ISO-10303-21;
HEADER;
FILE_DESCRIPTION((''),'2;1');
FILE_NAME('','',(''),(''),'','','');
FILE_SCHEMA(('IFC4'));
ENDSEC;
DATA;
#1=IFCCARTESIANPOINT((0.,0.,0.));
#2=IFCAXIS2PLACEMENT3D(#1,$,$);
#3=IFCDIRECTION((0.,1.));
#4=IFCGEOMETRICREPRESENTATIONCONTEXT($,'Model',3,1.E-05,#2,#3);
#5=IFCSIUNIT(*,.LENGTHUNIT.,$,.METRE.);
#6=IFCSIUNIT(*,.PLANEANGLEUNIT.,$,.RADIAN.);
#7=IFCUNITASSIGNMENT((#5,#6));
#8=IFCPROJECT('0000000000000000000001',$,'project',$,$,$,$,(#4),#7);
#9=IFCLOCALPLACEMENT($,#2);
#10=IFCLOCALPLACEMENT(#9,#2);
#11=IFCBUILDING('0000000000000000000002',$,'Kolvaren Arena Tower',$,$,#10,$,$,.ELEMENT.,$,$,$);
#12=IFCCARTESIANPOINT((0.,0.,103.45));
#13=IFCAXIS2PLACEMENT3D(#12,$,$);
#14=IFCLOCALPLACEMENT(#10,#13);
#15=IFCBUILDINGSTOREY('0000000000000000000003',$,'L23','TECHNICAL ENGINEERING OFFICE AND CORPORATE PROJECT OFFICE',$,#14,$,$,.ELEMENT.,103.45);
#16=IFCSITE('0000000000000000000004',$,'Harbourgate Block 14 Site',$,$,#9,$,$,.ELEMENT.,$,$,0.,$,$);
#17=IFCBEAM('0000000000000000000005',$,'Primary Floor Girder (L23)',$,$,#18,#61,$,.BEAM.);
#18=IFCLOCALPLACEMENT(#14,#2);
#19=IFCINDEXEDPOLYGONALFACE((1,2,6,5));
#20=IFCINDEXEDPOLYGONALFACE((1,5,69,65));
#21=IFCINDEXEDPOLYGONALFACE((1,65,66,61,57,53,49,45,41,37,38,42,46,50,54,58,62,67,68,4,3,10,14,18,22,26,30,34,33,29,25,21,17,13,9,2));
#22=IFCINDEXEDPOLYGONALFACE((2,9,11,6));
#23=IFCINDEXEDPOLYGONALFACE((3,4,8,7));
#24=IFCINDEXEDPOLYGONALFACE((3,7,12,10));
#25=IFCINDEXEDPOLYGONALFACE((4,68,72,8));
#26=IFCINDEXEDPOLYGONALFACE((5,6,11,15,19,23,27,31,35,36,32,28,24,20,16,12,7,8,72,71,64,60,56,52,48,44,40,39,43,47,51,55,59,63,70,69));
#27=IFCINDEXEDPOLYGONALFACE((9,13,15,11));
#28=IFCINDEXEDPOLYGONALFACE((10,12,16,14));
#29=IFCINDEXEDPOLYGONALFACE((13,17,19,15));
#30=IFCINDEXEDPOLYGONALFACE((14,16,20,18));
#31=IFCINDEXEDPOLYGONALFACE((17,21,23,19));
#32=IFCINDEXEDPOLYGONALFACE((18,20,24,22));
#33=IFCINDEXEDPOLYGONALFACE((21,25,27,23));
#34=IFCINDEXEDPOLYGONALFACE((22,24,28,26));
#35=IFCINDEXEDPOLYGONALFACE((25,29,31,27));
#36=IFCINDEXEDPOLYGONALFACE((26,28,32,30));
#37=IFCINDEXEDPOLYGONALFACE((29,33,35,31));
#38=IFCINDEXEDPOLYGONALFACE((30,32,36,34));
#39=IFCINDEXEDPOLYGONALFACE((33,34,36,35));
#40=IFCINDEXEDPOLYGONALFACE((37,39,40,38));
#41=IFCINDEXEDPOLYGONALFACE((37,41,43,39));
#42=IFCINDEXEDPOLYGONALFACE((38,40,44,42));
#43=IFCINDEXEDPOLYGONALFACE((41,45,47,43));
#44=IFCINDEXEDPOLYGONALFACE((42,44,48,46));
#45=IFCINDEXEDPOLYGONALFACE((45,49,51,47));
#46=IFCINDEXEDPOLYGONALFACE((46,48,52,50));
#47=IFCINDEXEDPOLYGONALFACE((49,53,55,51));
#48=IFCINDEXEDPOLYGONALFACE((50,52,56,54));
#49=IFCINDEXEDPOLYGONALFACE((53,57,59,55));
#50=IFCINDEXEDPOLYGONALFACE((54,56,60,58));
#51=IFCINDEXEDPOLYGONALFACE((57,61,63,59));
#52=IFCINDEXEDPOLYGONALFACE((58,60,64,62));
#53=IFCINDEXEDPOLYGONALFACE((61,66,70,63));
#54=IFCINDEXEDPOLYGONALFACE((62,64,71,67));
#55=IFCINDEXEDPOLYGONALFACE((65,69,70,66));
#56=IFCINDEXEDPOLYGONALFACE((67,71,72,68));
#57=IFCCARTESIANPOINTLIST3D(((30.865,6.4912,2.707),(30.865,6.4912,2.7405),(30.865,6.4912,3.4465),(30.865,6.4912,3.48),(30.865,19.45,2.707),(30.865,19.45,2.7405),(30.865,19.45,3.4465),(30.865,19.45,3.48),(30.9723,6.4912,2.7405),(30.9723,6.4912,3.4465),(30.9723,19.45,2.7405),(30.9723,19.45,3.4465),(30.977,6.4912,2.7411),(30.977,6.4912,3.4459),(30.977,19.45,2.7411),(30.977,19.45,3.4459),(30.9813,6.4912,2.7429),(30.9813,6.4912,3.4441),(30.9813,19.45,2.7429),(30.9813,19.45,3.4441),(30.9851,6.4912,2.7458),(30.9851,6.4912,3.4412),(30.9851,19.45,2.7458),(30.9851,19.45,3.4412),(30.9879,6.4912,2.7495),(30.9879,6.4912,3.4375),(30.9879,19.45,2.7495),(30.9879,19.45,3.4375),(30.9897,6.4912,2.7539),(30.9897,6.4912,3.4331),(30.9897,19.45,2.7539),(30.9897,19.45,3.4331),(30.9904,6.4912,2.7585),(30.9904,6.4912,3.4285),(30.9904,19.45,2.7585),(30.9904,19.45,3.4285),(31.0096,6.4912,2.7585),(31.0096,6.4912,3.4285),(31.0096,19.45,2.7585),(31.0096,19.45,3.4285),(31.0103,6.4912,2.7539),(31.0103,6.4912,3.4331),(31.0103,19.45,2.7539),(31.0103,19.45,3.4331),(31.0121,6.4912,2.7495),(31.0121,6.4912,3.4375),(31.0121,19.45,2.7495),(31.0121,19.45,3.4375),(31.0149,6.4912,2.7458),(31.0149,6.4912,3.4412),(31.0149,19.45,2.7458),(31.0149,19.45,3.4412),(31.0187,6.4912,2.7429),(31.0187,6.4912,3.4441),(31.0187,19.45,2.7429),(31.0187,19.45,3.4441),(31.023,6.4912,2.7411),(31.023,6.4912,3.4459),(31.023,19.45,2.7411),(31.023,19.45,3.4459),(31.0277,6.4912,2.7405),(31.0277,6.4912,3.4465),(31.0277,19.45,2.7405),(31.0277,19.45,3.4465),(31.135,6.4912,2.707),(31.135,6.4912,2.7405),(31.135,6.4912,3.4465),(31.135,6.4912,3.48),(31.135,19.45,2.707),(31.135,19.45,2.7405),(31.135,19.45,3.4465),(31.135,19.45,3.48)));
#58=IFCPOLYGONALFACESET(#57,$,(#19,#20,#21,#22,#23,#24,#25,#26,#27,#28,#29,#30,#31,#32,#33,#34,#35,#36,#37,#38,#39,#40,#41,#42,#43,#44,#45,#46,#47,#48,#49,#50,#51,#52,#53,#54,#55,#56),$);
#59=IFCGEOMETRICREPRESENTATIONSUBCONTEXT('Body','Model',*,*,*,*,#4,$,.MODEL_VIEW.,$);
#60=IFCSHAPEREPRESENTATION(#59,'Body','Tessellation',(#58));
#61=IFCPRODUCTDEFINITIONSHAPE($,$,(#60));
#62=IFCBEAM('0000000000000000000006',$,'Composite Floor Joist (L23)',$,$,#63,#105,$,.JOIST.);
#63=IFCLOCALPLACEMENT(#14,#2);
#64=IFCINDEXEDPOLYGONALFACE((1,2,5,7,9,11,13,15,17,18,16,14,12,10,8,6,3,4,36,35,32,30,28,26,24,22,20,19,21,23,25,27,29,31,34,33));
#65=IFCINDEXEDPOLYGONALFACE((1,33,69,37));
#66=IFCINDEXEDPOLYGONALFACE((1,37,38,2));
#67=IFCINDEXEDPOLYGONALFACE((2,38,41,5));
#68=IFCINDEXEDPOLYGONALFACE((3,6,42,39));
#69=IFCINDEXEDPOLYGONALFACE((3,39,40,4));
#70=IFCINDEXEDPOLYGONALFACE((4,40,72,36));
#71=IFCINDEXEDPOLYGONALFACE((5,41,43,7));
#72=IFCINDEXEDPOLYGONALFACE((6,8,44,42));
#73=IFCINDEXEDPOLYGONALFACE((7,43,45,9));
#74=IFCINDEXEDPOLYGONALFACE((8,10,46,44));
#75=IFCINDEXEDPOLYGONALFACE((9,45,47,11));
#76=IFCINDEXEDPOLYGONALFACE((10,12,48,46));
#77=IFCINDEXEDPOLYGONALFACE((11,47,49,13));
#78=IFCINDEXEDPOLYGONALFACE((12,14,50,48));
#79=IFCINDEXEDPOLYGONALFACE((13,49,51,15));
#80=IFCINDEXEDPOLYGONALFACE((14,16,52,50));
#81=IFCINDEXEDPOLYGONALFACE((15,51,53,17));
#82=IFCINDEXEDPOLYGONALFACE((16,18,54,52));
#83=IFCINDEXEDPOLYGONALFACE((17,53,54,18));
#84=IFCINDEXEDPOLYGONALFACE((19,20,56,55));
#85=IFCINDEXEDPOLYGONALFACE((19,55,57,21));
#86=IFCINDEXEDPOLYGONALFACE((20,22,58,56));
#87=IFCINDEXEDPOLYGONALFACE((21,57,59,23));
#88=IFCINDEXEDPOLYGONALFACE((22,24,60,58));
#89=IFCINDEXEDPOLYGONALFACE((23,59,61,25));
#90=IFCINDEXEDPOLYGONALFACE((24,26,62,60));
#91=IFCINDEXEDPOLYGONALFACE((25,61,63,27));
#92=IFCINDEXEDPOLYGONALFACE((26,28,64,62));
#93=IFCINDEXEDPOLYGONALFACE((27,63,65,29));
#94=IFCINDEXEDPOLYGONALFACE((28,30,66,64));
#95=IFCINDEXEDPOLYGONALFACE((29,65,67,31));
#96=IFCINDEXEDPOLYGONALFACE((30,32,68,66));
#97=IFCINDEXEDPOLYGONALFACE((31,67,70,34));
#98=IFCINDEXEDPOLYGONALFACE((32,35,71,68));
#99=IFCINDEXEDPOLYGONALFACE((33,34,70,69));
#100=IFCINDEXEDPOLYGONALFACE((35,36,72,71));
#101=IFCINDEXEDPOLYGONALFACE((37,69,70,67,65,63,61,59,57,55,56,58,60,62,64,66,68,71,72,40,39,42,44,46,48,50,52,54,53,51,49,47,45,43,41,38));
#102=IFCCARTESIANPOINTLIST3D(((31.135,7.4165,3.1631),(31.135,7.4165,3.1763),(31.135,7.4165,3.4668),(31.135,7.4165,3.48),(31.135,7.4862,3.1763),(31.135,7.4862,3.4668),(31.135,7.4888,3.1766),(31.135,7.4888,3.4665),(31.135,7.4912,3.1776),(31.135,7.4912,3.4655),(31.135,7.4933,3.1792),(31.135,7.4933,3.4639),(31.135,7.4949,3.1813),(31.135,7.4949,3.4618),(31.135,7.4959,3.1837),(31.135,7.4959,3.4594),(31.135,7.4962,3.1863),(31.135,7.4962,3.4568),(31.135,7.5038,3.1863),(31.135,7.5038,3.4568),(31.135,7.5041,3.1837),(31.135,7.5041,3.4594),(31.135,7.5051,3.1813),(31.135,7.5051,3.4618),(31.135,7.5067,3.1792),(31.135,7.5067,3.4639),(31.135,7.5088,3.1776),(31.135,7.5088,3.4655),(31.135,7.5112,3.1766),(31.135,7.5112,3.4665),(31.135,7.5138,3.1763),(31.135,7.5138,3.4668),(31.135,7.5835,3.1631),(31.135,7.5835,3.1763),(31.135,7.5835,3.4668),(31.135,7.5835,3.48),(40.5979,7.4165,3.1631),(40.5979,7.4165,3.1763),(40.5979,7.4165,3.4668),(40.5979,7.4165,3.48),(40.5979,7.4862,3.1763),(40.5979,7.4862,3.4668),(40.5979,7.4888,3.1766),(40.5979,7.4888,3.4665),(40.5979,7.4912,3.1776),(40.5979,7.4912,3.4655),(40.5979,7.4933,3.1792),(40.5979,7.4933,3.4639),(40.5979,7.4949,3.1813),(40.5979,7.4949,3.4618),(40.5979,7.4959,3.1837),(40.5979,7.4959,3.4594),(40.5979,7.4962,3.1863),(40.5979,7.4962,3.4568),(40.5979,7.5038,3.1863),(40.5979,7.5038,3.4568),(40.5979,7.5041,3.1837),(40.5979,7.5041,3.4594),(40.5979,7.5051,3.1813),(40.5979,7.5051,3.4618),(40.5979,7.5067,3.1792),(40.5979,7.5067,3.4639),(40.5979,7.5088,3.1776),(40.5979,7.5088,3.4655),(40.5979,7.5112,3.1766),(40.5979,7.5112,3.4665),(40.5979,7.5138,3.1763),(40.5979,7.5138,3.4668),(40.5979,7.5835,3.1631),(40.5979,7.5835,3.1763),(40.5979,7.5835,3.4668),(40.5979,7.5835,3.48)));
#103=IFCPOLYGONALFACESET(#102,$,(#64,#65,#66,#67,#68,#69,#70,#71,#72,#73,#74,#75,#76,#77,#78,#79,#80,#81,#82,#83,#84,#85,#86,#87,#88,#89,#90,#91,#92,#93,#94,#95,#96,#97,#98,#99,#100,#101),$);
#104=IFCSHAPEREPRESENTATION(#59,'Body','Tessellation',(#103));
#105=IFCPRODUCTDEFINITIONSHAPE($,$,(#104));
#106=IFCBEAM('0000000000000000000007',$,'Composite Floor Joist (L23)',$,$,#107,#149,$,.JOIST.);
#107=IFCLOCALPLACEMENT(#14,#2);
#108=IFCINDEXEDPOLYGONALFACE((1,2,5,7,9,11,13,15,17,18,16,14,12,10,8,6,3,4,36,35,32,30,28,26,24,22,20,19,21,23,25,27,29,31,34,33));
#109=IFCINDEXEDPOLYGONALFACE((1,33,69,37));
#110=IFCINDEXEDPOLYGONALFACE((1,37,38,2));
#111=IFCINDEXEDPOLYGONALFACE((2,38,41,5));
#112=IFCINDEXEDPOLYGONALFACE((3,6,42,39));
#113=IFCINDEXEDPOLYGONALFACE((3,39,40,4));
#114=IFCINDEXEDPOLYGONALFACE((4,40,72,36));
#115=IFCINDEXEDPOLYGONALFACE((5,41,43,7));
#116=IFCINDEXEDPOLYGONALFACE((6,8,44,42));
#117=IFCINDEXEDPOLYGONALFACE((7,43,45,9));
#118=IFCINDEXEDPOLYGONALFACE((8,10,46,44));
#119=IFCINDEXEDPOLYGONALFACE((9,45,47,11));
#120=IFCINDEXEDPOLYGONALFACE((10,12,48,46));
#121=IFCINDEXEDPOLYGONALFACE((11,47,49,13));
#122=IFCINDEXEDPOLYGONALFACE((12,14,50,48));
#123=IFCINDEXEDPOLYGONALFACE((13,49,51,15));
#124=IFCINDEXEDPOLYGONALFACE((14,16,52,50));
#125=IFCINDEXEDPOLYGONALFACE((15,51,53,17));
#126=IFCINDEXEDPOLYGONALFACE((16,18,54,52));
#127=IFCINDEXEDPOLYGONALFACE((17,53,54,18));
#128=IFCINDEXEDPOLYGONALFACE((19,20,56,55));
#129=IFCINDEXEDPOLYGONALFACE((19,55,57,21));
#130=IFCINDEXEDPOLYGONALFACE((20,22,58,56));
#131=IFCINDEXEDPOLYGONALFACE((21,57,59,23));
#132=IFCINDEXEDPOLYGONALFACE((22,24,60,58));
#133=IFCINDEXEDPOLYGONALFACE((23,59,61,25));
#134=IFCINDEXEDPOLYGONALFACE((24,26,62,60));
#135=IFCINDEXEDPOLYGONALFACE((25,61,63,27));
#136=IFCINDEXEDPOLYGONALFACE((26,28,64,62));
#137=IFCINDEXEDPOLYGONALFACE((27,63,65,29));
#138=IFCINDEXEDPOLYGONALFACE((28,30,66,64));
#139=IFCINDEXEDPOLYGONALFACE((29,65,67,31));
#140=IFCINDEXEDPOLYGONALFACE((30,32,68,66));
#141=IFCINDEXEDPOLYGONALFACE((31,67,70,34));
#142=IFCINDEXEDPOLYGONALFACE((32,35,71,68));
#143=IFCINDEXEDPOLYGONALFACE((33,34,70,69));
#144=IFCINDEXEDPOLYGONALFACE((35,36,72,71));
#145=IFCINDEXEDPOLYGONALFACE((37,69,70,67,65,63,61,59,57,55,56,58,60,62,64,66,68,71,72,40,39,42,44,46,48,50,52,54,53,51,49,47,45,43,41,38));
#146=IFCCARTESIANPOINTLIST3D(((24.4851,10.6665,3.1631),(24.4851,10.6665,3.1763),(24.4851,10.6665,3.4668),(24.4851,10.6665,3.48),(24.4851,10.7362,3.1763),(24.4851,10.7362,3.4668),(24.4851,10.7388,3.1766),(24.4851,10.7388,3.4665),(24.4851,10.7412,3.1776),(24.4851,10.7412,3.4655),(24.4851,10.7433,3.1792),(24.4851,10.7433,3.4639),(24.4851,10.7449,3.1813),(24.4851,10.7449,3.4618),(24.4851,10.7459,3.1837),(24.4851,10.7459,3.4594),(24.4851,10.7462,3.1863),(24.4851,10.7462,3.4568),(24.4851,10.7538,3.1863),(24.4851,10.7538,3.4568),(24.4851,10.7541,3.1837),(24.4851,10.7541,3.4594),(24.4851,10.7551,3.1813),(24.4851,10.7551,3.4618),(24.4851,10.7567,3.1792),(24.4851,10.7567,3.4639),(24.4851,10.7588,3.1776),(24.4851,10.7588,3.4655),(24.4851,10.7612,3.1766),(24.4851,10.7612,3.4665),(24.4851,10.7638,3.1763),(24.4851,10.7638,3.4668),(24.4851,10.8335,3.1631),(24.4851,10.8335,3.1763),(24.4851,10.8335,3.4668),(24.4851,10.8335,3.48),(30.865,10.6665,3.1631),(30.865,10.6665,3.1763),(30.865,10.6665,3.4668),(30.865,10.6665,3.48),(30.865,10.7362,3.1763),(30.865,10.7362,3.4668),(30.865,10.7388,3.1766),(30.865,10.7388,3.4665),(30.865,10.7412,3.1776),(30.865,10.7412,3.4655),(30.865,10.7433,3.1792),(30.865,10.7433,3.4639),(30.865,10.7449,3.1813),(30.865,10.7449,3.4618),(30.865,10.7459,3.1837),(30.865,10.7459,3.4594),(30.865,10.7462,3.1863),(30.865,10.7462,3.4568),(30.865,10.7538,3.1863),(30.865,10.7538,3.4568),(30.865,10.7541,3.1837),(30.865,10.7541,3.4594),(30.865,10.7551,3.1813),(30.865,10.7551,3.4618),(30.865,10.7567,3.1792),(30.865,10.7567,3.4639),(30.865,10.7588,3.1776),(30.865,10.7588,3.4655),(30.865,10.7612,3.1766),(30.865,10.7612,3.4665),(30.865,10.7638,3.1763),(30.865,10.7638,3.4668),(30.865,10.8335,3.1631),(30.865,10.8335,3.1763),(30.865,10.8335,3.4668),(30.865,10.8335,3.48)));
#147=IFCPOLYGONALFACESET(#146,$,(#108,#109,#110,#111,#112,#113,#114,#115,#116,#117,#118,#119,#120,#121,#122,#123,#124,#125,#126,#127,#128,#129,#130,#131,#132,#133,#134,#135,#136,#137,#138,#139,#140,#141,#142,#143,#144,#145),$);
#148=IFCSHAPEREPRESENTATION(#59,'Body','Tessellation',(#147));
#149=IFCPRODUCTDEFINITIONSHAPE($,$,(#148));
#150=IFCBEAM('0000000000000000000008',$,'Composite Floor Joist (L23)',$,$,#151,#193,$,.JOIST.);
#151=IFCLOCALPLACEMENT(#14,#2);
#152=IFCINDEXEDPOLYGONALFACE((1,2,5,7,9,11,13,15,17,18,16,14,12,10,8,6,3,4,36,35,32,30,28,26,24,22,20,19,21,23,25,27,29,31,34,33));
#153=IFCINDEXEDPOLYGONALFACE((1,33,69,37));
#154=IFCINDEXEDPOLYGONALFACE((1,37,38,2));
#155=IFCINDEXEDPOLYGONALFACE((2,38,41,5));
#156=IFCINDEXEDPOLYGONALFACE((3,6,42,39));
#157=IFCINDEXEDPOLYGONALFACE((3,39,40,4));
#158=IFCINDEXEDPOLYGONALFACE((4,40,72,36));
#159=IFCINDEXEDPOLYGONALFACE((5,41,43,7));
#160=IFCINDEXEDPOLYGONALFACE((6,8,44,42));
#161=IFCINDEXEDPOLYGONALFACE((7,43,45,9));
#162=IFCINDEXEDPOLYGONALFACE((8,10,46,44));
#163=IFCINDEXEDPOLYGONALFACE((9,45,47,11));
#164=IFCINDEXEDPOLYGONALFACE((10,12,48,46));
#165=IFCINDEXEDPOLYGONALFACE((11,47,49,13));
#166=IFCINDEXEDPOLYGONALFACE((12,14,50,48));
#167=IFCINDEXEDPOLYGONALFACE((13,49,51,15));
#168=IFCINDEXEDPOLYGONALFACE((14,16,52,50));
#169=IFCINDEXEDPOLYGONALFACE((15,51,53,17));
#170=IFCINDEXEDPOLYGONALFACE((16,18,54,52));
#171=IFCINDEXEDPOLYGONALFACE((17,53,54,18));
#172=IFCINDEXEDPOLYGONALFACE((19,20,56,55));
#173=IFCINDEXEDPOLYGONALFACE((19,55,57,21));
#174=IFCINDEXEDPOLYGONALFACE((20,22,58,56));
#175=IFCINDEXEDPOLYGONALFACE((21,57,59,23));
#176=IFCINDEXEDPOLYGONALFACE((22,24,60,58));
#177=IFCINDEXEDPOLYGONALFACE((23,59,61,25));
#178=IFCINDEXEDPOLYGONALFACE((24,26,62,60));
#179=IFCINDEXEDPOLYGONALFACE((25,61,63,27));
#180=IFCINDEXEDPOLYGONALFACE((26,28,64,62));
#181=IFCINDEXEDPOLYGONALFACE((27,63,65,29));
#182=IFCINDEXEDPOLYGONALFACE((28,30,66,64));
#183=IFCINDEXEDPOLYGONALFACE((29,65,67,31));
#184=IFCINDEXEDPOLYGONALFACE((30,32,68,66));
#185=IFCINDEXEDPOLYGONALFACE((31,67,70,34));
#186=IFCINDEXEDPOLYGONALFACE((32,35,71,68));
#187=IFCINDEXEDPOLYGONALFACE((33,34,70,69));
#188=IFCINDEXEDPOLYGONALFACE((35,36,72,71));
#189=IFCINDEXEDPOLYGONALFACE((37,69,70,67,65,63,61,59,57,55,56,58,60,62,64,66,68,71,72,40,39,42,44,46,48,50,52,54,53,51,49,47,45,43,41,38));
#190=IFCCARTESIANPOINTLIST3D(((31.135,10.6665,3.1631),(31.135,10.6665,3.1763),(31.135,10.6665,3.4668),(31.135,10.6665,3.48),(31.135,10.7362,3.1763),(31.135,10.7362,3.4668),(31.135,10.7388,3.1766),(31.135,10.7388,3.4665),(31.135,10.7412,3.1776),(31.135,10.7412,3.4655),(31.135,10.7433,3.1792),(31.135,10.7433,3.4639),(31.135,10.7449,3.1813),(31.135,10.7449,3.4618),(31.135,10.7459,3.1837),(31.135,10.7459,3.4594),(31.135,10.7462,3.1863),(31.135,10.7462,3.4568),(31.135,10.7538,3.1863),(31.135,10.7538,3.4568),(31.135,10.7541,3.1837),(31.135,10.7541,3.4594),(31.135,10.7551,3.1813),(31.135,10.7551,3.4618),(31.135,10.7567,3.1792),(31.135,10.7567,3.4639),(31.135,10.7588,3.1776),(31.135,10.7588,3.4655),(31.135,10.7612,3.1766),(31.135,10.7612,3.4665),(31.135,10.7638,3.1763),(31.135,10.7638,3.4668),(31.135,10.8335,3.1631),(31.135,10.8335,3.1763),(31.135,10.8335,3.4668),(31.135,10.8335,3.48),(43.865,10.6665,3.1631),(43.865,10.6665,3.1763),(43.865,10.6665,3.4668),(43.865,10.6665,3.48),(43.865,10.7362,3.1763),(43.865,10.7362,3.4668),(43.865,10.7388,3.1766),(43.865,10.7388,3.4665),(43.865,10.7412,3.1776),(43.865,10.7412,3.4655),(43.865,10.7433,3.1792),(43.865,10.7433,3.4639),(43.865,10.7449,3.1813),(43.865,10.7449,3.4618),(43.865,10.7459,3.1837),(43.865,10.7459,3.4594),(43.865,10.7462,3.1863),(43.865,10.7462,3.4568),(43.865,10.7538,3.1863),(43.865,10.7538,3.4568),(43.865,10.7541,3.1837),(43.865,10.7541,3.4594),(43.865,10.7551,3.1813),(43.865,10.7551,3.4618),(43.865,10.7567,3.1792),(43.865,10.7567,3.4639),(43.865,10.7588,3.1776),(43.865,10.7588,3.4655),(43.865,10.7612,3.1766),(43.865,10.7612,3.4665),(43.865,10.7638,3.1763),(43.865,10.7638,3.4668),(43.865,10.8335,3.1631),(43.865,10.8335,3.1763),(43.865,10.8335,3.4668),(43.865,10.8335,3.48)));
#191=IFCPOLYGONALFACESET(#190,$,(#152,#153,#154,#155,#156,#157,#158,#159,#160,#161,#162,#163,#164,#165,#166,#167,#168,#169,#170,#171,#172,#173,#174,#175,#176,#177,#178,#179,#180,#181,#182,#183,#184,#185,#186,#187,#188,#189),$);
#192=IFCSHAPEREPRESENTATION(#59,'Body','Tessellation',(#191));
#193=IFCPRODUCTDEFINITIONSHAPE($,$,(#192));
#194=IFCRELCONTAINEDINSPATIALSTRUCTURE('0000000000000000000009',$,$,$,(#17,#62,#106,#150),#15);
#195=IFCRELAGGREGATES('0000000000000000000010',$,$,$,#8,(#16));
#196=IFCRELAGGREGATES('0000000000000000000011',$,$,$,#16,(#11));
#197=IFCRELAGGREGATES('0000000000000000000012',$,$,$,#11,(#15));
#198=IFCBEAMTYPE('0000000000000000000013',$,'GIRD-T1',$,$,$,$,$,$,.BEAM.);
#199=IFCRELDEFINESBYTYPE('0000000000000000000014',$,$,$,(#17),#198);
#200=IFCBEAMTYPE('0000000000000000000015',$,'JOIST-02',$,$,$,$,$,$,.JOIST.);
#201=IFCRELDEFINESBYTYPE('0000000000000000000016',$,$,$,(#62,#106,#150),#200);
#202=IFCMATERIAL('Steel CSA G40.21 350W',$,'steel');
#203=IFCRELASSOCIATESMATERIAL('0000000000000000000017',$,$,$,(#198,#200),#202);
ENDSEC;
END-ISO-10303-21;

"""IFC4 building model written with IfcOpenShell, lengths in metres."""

from ifc_helpers import new_model, si_unit, direction, frame, origin, origin_2d, place, context, subcontext, project, spatial, i_section, extrude, material, material_profile, profile_set, type_object, element, save


model = new_model("IFC4")

# Units and contexts
model_context = context("Model", 3, precision=1e-05, world=origin(), true_north=direction((0.0, 1.0)))
body_context = subcontext(model_context, "Body", "Model", "MODEL_VIEW")
ifc_project = project(units=[si_unit("LENGTHUNIT", "METRE"), si_unit("PLANEANGLEUNIT", "RADIAN")], contexts=[model_context])

# Site, building, storey
site_placement = place(None, origin())
site = spatial("IfcSite", under=ifc_project, at=site_placement, Name="Harbourgate Block 14 Site", CompositionType="ELEMENT", RefElevation=0.0)
building_placement = place(site_placement, origin())
building = spatial("IfcBuilding", under=site, at=building_placement, Name="Kolvaren Arena Tower", CompositionType="ELEMENT")
storey_placement = place(building_placement, frame((0.0, 0.0, 103.45)))
storey = spatial("IfcBuildingStorey", under=building, at=storey_placement, Name="L23", Description="TECHNICAL ENGINEERING OFFICE AND CORPORATE PROJECT OFFICE", CompositionType="ELEMENT", Elevation=103.45)

# Beams
ifc_material_1 = material(Name="Steel CSA G40.21 350W", Category="steel")
ifc_material_profile_1 = material_profile(ifc_material_1, i_section(OverallWidth=0.27, OverallDepth=0.7729, WebThickness=0.0193, FlangeThickness=0.0334, FilletRadius=0.0181, at=origin_2d()), Name="W760x257")
ifc_profile_set_1 = profile_set([ifc_material_profile_1], Name="Steel CSA G40.21 350W")
beam_type_1 = type_object("IfcBeamType", Name="GIRD-T1", PredefinedType="BEAM", material=ifc_profile_set_1)
beam_1_placement = place(storey_placement, frame((31.0, 6.4912, 3.0935), z_axis=(0.0, 1.0, 0.0), x_axis=(-1.0, 0.0, 0.0)))
element("IfcBeam", 1, at=beam_1_placement, inside=storey, type_object=beam_type_1, Name="Primary Floor Girder (L23)", PredefinedType="BEAM", context=body_context, shape_type="SweptSolid", body=[
    extrude(i_section(OverallWidth=0.27, OverallDepth=0.7729, WebThickness=0.0193, FlangeThickness=0.0334, FilletRadius=0.0181, at=origin_2d()), origin(), (0.0, 0.0, 1.0), 12.9587),
])
ifc_material_profile_2 = material_profile(ifc_material_1, i_section(OverallWidth=0.167, OverallDepth=0.3169, WebThickness=0.0076, FlangeThickness=0.0132, FilletRadius=0.01, at=origin_2d()), Name="W310x52")
ifc_profile_set_2 = profile_set([ifc_material_profile_2], Name="Steel CSA G40.21 350W")
beam_type_2 = type_object("IfcBeamType", Name="JOIST-02", PredefinedType="JOIST", material=ifc_profile_set_2)
beam_2_placement = place(storey_placement, frame((31.135, 7.5, 3.3215), z_axis=(1.0, 0.0, 0.0), x_axis=(0.0, 1.0, 0.0)))
element("IfcBeam", 2, at=beam_2_placement, inside=storey, type_object=beam_type_2, Name="Composite Floor Joist (L23)", PredefinedType="JOIST", context=body_context, shape_type="SweptSolid", body=[
    extrude(i_section(OverallWidth=0.167, OverallDepth=0.3169, WebThickness=0.0076, FlangeThickness=0.0132, FilletRadius=0.01, at=origin_2d()), origin(), (0.0, 0.0, 1.0), 9.4629),
])
beam_3_placement = place(storey_placement, frame((24.4851, 10.75, 3.3215), z_axis=(1.0, 0.0, 0.0), x_axis=(0.0, 1.0, 0.0)))
element("IfcBeam", 3, at=beam_3_placement, inside=storey, type_object=beam_type_2, Name="Composite Floor Joist (L23)", PredefinedType="JOIST", context=body_context, shape_type="SweptSolid", body=[
    extrude(i_section(OverallWidth=0.167, OverallDepth=0.3169, WebThickness=0.0076, FlangeThickness=0.0132, FilletRadius=0.01, at=origin_2d()), origin(), (0.0, 0.0, 1.0), 6.3799),
])
beam_4_placement = place(storey_placement, frame((31.135, 10.75, 3.3215), z_axis=(1.0, 0.0, 0.0), x_axis=(0.0, 1.0, 0.0)))
element("IfcBeam", 4, at=beam_4_placement, inside=storey, type_object=beam_type_2, Name="Composite Floor Joist (L23)", PredefinedType="JOIST", context=body_context, shape_type="SweptSolid", body=[
    extrude(i_section(OverallWidth=0.167, OverallDepth=0.3169, WebThickness=0.0076, FlangeThickness=0.0132, FilletRadius=0.01, at=origin_2d()), origin(), (0.0, 0.0, 1.0), 12.73),
])

save(model, "model.ifc")
